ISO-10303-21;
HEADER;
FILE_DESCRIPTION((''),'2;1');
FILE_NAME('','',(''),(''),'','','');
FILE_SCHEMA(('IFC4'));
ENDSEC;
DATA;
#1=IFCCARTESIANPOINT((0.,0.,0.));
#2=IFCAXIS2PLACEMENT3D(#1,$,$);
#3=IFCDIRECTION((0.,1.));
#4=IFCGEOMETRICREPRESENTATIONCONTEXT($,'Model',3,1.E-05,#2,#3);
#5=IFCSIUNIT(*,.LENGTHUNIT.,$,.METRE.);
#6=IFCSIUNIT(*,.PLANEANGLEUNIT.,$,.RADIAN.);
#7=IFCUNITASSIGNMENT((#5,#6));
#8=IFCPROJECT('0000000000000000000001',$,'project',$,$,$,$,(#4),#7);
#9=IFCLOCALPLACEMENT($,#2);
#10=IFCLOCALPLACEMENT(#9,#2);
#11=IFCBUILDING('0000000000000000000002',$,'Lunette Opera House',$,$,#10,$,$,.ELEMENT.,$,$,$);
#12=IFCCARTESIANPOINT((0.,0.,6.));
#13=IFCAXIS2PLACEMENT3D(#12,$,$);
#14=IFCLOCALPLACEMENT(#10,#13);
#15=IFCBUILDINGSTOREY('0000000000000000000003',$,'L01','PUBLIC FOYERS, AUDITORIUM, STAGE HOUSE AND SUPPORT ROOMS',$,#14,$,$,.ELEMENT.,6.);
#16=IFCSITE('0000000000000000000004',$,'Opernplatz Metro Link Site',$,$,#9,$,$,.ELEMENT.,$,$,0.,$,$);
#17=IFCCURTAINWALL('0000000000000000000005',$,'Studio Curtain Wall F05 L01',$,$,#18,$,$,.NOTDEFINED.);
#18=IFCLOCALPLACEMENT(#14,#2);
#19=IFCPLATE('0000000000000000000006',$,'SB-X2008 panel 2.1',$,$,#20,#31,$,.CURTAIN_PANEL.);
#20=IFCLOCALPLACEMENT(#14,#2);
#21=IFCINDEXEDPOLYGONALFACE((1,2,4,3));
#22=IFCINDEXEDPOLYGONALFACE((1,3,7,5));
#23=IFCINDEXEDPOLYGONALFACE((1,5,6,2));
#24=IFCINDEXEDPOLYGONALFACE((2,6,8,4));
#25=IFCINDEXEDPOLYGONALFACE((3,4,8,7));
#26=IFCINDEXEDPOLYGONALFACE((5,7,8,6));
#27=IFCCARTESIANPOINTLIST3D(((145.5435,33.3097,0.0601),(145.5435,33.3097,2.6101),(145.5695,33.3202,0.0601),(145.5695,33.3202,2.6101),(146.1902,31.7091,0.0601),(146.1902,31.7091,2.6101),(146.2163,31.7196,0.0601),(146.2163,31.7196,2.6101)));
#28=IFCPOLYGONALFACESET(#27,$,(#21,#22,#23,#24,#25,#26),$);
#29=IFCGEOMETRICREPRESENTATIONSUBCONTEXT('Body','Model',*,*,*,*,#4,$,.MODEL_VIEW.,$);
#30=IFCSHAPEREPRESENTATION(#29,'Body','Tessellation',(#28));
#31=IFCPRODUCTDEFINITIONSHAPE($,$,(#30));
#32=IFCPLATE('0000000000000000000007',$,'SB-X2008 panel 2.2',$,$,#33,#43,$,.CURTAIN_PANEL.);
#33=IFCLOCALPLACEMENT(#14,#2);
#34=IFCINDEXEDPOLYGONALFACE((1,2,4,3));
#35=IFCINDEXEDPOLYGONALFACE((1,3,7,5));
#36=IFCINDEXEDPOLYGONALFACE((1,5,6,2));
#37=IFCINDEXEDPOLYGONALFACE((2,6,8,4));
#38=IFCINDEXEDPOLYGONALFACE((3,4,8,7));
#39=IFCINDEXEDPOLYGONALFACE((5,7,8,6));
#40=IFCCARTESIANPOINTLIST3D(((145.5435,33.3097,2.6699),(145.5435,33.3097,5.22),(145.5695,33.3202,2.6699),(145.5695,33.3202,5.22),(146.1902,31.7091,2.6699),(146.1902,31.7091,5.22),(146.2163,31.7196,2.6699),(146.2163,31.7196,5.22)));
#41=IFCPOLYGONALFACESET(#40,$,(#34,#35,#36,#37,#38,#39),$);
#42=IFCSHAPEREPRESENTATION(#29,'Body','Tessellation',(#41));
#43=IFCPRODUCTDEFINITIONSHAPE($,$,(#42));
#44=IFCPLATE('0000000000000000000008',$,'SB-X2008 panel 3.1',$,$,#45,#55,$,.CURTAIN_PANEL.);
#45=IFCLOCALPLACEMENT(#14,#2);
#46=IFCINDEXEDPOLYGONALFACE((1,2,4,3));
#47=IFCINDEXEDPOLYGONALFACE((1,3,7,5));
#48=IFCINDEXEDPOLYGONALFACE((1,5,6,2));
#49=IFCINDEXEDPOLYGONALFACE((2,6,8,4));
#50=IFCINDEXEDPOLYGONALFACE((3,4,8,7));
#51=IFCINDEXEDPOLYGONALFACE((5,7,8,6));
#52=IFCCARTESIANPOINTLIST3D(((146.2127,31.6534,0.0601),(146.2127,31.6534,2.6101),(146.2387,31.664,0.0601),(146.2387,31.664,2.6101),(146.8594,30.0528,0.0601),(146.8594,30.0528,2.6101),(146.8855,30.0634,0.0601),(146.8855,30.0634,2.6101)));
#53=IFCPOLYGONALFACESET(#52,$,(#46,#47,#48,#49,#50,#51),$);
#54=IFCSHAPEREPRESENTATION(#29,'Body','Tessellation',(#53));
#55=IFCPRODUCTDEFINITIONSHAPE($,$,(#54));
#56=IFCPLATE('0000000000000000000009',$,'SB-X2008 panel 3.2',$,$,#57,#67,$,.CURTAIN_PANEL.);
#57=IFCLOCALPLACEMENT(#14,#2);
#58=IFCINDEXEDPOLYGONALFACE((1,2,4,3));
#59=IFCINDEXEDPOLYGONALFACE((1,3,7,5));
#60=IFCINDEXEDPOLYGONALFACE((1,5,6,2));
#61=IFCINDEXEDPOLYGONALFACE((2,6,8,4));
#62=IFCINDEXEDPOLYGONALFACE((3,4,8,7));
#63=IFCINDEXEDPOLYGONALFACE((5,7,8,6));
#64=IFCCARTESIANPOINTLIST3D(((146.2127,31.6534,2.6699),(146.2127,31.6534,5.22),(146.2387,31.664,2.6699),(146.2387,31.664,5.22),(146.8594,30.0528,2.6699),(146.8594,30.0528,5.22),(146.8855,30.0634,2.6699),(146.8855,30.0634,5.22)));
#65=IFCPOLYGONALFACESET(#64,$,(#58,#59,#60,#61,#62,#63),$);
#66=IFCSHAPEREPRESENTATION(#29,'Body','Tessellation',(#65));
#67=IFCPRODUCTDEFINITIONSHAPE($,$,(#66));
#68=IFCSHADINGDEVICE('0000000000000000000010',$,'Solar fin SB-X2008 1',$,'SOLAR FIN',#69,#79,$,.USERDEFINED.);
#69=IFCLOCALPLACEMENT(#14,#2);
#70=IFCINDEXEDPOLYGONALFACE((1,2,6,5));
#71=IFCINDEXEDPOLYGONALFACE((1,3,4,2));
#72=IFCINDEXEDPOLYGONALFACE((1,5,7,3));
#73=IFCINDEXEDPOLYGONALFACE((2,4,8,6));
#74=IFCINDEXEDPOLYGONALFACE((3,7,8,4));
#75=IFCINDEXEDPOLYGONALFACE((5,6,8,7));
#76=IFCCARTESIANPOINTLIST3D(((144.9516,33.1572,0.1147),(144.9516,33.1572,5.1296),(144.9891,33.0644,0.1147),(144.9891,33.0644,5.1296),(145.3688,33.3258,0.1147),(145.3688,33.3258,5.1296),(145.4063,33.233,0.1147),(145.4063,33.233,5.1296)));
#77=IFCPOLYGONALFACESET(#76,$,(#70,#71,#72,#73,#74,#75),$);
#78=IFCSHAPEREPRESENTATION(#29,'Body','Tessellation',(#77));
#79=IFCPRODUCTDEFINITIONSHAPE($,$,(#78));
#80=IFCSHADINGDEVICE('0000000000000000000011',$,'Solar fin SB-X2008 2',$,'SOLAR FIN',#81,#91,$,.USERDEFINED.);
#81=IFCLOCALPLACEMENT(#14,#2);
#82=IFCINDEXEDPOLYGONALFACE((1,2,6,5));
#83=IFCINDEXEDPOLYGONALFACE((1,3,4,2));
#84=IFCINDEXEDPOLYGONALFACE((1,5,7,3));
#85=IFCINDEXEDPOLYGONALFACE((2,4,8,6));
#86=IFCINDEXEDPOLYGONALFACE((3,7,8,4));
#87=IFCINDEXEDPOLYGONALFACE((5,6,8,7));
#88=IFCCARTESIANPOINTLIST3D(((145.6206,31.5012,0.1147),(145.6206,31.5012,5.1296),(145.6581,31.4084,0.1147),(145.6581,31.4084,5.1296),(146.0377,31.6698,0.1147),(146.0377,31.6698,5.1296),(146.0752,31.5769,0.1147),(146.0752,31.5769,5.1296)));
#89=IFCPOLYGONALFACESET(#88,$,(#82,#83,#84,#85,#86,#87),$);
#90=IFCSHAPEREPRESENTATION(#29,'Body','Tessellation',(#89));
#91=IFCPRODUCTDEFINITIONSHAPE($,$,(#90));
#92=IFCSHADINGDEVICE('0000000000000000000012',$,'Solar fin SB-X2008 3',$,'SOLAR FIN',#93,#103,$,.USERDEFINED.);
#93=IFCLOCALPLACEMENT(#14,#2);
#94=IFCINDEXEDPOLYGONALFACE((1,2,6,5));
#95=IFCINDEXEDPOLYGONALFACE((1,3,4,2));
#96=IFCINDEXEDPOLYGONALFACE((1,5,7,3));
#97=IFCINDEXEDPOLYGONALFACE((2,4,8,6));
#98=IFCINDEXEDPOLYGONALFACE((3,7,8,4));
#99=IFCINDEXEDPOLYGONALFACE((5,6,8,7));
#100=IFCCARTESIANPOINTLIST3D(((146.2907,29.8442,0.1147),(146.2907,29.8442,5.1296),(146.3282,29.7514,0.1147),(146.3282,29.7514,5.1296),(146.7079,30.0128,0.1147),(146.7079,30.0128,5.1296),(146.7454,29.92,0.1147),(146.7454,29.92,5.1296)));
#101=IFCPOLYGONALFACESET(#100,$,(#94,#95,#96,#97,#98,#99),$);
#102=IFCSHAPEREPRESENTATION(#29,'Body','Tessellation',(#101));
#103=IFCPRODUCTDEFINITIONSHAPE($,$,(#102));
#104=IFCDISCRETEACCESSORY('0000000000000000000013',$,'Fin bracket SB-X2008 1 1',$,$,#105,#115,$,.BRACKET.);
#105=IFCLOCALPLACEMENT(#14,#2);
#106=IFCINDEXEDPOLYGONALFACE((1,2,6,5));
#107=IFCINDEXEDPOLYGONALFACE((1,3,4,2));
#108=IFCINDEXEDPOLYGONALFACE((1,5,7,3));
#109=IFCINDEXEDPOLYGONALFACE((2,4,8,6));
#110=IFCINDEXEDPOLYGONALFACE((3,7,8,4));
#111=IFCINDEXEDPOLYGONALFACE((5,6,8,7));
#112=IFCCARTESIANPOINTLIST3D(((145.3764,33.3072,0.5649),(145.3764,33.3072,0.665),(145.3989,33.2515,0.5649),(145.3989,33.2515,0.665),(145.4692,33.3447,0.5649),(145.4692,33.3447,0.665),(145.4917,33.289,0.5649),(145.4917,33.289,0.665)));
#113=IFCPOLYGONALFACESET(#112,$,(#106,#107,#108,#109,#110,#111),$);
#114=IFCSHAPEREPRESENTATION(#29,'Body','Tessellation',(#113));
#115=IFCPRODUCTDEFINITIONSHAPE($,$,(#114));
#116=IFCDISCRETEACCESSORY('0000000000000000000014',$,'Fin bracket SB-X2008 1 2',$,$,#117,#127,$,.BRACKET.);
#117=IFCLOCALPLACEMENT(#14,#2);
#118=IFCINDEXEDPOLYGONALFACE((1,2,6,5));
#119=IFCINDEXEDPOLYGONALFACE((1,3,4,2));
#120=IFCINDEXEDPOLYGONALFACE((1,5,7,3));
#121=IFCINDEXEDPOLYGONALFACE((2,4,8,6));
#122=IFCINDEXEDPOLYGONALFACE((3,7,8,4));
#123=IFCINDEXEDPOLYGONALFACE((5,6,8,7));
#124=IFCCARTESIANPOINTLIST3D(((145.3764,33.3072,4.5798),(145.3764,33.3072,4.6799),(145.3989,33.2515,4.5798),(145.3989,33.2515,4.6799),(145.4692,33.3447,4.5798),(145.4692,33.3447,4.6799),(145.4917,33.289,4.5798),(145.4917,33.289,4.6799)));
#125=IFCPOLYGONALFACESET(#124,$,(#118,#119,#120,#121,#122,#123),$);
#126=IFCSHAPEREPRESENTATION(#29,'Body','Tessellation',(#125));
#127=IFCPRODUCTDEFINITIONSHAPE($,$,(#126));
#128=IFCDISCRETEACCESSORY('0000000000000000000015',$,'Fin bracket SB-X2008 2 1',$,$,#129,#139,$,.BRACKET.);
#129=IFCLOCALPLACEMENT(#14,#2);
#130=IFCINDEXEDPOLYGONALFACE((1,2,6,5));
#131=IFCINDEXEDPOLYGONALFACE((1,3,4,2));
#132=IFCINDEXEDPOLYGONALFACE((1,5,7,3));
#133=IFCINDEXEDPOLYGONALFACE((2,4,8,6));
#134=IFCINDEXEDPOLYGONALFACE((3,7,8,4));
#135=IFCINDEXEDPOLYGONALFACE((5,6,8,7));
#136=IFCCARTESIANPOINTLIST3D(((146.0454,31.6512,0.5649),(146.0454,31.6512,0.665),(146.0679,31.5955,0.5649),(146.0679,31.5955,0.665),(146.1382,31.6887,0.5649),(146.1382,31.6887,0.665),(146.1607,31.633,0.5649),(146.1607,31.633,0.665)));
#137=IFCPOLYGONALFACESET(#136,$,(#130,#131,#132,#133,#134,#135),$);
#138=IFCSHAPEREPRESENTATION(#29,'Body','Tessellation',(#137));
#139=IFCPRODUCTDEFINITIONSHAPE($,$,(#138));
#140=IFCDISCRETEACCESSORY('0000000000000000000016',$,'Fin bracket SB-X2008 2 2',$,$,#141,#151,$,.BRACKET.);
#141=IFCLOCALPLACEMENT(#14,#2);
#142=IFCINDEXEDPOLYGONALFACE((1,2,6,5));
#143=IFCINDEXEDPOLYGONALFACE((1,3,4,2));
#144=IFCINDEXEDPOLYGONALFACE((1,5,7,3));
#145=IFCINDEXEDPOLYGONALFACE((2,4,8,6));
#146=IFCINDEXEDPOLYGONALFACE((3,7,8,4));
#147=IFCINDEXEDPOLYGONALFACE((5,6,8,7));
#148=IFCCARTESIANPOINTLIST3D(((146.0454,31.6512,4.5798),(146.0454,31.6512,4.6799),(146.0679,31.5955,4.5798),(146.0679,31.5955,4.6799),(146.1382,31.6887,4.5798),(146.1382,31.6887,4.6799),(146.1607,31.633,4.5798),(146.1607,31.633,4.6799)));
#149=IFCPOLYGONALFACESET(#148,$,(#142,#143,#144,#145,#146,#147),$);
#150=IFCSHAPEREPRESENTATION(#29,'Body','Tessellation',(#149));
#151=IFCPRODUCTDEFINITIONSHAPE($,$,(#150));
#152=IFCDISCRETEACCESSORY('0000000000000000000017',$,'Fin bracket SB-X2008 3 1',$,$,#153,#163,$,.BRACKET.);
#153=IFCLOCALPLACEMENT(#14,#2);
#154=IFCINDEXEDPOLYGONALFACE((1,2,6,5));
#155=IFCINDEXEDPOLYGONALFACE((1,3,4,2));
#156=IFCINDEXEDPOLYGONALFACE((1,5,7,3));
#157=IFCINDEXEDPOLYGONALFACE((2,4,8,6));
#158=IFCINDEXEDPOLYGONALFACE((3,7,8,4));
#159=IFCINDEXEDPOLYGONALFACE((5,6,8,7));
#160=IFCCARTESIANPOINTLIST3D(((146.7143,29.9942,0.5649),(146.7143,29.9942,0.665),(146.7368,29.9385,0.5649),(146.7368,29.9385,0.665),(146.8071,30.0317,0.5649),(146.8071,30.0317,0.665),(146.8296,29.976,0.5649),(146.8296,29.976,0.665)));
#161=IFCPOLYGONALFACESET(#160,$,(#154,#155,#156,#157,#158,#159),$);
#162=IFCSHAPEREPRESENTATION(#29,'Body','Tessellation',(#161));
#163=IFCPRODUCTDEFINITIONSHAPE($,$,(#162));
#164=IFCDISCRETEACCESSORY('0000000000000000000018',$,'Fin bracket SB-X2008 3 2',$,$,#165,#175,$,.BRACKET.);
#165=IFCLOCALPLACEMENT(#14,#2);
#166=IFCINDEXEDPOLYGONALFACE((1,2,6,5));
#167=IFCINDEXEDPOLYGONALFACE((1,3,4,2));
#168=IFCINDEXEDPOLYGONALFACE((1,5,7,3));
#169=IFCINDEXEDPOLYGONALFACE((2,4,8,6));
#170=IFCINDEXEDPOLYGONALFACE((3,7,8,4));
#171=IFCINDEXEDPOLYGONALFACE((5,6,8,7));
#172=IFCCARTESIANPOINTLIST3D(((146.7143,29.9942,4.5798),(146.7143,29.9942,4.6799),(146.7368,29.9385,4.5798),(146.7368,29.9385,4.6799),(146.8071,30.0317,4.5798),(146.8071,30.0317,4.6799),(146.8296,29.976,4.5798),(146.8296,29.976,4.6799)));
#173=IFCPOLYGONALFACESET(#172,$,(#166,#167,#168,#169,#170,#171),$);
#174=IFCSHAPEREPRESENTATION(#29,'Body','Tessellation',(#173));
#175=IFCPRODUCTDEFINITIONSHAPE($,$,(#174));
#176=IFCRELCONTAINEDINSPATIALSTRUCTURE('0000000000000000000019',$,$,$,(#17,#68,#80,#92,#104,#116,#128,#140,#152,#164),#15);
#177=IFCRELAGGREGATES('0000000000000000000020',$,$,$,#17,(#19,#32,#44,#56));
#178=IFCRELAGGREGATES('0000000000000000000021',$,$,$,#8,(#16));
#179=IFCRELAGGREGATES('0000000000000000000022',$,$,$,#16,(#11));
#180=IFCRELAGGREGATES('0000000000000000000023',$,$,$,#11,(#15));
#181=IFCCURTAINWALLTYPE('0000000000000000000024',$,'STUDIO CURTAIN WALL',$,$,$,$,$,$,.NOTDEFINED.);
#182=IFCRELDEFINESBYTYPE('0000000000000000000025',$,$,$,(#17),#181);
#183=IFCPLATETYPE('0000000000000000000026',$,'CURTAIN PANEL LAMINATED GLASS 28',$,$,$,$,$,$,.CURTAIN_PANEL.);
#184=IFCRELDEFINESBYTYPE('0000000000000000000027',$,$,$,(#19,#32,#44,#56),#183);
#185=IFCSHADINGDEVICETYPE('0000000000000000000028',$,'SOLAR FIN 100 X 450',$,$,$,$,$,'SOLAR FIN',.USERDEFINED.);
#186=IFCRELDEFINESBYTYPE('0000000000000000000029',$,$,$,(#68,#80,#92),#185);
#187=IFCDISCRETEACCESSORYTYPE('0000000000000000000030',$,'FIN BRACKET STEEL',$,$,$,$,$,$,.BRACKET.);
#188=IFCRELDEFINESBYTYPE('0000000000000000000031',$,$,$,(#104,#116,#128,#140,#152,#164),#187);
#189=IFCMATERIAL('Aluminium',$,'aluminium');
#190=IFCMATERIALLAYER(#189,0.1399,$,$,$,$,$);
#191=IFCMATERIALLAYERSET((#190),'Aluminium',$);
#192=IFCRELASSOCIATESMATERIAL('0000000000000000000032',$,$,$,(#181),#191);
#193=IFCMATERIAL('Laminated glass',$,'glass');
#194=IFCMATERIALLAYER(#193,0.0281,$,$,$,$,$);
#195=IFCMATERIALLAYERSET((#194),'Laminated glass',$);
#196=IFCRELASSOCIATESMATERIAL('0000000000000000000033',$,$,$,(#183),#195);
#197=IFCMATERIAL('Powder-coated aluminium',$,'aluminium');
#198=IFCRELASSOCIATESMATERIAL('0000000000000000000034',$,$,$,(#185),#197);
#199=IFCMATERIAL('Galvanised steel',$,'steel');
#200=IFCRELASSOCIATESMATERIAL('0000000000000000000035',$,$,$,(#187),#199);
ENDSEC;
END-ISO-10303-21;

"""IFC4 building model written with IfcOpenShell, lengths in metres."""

from ifc_helpers import new_model, si_unit, direction, frame, origin, origin_2d, place, context, subcontext, project, spatial, rectangle, extrude, material, layer, layer_set, type_object, element, aggregate, save


model = new_model("IFC4")

# Units and contexts
model_context = context("Model", 3, precision=1e-05, world=origin(), true_north=direction((0.0, 1.0)))
body_context = subcontext(model_context, "Body", "Model", "MODEL_VIEW")
ifc_project = project(units=[si_unit("LENGTHUNIT", "METRE"), si_unit("PLANEANGLEUNIT", "RADIAN")], contexts=[model_context])

# Site, building, storey
site_placement = place(None, origin())
site = spatial("IfcSite", under=ifc_project, at=site_placement, Name="Opernplatz Metro Link Site", CompositionType="ELEMENT", RefElevation=0.0)
building_placement = place(site_placement, origin())
building = spatial("IfcBuilding", under=site, at=building_placement, Name="Lunette Opera House", CompositionType="ELEMENT")
storey_placement = place(building_placement, frame((0.0, 0.0, 6.0)))
storey = spatial("IfcBuildingStorey", under=building, at=storey_placement, Name="L01", Description="PUBLIC FOYERS, AUDITORIUM, STAGE HOUSE AND SUPPORT ROOMS", CompositionType="ELEMENT", Elevation=6.0)

# Curtain wall
ifc_material_1 = material(Name="Aluminium", Category="aluminium")
ifc_layer_1 = layer(ifc_material_1, 0.1399)
ifc_layer_set_1 = layer_set([ifc_layer_1], Name="Aluminium")
curtain_wall_type_1 = type_object("IfcCurtainWallType", Name="STUDIO CURTAIN WALL", PredefinedType="NOTDEFINED", material=ifc_layer_set_1)
curtain_wall_1_placement = place(storey_placement, origin())
curtain_wall_1 = element("IfcCurtainWall", 1, at=curtain_wall_1_placement, inside=storey, type_object=curtain_wall_type_1, Name="Studio Curtain Wall F05 L01", PredefinedType="NOTDEFINED")

# Plates
ifc_material_2 = material(Name="Laminated glass", Category="glass")
ifc_layer_2 = layer(ifc_material_2, 0.0281)
ifc_layer_set_2 = layer_set([ifc_layer_2], Name="Laminated glass")
plate_type = type_object("IfcPlateType", Name="CURTAIN PANEL LAMINATED GLASS 28", PredefinedType="CURTAIN_PANEL", material=ifc_layer_set_2)
plate_1_placement = place(storey_placement, frame((145.8799, 32.5146, 0.0601), z_axis=(0.0, 0.0, 1.0), x_axis=(0.374646, -0.927168, 0.0)))
plate_1 = element("IfcPlate", 2, at=plate_1_placement, type_object=plate_type, Name="SB-X2008 panel 2.1", PredefinedType="CURTAIN_PANEL", context=body_context, shape_type="SweptSolid", body=[
    extrude(rectangle(XDim=1.7263, YDim=0.0281, at=origin_2d()), origin(), (0.0, 0.0, 1.0), 2.55),
])
plate_2_placement = place(storey_placement, frame((145.8799, 32.5146, 2.6699), z_axis=(0.0, 0.0, 1.0), x_axis=(0.374646, -0.927168, 0.0)))
plate_2 = element("IfcPlate", 3, at=plate_2_placement, type_object=plate_type, Name="SB-X2008 panel 2.2", PredefinedType="CURTAIN_PANEL", context=body_context, shape_type="SweptSolid", body=[
    extrude(rectangle(XDim=1.7263, YDim=0.0281, at=origin_2d()), origin(), (0.0, 0.0, 1.0), 2.55),
])
plate_3_placement = place(storey_placement, frame((146.5491, 30.8584, 0.0601), z_axis=(0.0, 0.0, 1.0), x_axis=(0.374646, -0.927168, 0.0)))
plate_3 = element("IfcPlate", 4, at=plate_3_placement, type_object=plate_type, Name="SB-X2008 panel 3.1", PredefinedType="CURTAIN_PANEL", context=body_context, shape_type="SweptSolid", body=[
    extrude(rectangle(XDim=1.7263, YDim=0.0281, at=origin_2d()), origin(), (0.0, 0.0, 1.0), 2.55),
])
plate_4_placement = place(storey_placement, frame((146.5491, 30.8584, 2.6699), z_axis=(0.0, 0.0, 1.0), x_axis=(0.374646, -0.927168, 0.0)))
plate_4 = element("IfcPlate", 5, at=plate_4_placement, type_object=plate_type, Name="SB-X2008 panel 3.2", PredefinedType="CURTAIN_PANEL", context=body_context, shape_type="SweptSolid", body=[
    extrude(rectangle(XDim=1.7263, YDim=0.0281, at=origin_2d()), origin(), (0.0, 0.0, 1.0), 2.55),
])
aggregate(curtain_wall_1, [plate_1, plate_2, plate_3, plate_4])

# Shading devices
ifc_material_3 = material(Name="Powder-coated aluminium", Category="aluminium")
shading_device_type = type_object("IfcShadingDeviceType", Name="SOLAR FIN 100 X 450", ElementType="SOLAR FIN", PredefinedType="USERDEFINED", material=ifc_material_3)
for number, where, z_axis, x_axis, name in (
    (6, (145.179, 33.1951, 0.1147), (0.0, 0.0, 1.0), (-0.927168, -0.374645, 0.0), "Solar fin SB-X2008 1"),
    (7, (145.8479, 31.5391, 0.1147), (0.0, 0.0, 1.0), (-0.927168, -0.374645, 0.0), "Solar fin SB-X2008 2"),
    (8, (146.5181, 29.8821, 0.1147), (0.0, 0.0, 1.0), (-0.927168, -0.374645, 0.0), "Solar fin SB-X2008 3"),
):
    element("IfcShadingDevice", number, at=place(storey_placement, frame(where, z_axis=z_axis, x_axis=x_axis)), inside=storey, type_object=shading_device_type, Name=name, ObjectType="SOLAR FIN", PredefinedType="USERDEFINED", context=body_context, shape_type="SweptSolid", body=[
        extrude(rectangle(XDim=0.45, YDim=0.1001, at=origin_2d()), origin(), (0.0, 0.0, 1.0), 5.0149),
    ])

# Discrete accessories
ifc_material_4 = material(Name="Galvanised steel", Category="steel")
discrete_accessory_type = type_object("IfcDiscreteAccessoryType", Name="FIN BRACKET STEEL", PredefinedType="BRACKET", material=ifc_material_4)
for number, where, z_axis, x_axis, name in (
    (9, (145.4341, 33.2981, 0.5649), (0.0, 0.0, 1.0), (-0.927168, -0.374645, 0.0), "Fin bracket SB-X2008 1 1"),
    (10, (145.4341, 33.2981, 4.5798), (0.0, 0.0, 1.0), (-0.927168, -0.374645, 0.0), "Fin bracket SB-X2008 1 2"),
    (11, (146.103, 31.6421, 0.5649), (0.0, 0.0, 1.0), (-0.927168, -0.374645, 0.0), "Fin bracket SB-X2008 2 1"),
    (12, (146.103, 31.6421, 4.5798), (0.0, 0.0, 1.0), (-0.927168, -0.374645, 0.0), "Fin bracket SB-X2008 2 2"),
    (13, (146.772, 29.9851, 0.5649), (0.0, 0.0, 1.0), (-0.927168, -0.374645, 0.0), "Fin bracket SB-X2008 3 1"),
    (14, (146.772, 29.9851, 4.5798), (0.0, 0.0, 1.0), (-0.927168, -0.374645, 0.0), "Fin bracket SB-X2008 3 2"),
):
    element("IfcDiscreteAccessory", number, at=place(storey_placement, frame(where, z_axis=z_axis, x_axis=x_axis)), inside=storey, type_object=discrete_accessory_type, Name=name, PredefinedType="BRACKET", context=body_context, shape_type="SweptSolid", body=[
        extrude(rectangle(XDim=0.1001, YDim=0.0601, at=origin_2d()), origin(), (0.0, 0.0, 1.0), 0.1001),
    ])

save(model, "model.ifc")
